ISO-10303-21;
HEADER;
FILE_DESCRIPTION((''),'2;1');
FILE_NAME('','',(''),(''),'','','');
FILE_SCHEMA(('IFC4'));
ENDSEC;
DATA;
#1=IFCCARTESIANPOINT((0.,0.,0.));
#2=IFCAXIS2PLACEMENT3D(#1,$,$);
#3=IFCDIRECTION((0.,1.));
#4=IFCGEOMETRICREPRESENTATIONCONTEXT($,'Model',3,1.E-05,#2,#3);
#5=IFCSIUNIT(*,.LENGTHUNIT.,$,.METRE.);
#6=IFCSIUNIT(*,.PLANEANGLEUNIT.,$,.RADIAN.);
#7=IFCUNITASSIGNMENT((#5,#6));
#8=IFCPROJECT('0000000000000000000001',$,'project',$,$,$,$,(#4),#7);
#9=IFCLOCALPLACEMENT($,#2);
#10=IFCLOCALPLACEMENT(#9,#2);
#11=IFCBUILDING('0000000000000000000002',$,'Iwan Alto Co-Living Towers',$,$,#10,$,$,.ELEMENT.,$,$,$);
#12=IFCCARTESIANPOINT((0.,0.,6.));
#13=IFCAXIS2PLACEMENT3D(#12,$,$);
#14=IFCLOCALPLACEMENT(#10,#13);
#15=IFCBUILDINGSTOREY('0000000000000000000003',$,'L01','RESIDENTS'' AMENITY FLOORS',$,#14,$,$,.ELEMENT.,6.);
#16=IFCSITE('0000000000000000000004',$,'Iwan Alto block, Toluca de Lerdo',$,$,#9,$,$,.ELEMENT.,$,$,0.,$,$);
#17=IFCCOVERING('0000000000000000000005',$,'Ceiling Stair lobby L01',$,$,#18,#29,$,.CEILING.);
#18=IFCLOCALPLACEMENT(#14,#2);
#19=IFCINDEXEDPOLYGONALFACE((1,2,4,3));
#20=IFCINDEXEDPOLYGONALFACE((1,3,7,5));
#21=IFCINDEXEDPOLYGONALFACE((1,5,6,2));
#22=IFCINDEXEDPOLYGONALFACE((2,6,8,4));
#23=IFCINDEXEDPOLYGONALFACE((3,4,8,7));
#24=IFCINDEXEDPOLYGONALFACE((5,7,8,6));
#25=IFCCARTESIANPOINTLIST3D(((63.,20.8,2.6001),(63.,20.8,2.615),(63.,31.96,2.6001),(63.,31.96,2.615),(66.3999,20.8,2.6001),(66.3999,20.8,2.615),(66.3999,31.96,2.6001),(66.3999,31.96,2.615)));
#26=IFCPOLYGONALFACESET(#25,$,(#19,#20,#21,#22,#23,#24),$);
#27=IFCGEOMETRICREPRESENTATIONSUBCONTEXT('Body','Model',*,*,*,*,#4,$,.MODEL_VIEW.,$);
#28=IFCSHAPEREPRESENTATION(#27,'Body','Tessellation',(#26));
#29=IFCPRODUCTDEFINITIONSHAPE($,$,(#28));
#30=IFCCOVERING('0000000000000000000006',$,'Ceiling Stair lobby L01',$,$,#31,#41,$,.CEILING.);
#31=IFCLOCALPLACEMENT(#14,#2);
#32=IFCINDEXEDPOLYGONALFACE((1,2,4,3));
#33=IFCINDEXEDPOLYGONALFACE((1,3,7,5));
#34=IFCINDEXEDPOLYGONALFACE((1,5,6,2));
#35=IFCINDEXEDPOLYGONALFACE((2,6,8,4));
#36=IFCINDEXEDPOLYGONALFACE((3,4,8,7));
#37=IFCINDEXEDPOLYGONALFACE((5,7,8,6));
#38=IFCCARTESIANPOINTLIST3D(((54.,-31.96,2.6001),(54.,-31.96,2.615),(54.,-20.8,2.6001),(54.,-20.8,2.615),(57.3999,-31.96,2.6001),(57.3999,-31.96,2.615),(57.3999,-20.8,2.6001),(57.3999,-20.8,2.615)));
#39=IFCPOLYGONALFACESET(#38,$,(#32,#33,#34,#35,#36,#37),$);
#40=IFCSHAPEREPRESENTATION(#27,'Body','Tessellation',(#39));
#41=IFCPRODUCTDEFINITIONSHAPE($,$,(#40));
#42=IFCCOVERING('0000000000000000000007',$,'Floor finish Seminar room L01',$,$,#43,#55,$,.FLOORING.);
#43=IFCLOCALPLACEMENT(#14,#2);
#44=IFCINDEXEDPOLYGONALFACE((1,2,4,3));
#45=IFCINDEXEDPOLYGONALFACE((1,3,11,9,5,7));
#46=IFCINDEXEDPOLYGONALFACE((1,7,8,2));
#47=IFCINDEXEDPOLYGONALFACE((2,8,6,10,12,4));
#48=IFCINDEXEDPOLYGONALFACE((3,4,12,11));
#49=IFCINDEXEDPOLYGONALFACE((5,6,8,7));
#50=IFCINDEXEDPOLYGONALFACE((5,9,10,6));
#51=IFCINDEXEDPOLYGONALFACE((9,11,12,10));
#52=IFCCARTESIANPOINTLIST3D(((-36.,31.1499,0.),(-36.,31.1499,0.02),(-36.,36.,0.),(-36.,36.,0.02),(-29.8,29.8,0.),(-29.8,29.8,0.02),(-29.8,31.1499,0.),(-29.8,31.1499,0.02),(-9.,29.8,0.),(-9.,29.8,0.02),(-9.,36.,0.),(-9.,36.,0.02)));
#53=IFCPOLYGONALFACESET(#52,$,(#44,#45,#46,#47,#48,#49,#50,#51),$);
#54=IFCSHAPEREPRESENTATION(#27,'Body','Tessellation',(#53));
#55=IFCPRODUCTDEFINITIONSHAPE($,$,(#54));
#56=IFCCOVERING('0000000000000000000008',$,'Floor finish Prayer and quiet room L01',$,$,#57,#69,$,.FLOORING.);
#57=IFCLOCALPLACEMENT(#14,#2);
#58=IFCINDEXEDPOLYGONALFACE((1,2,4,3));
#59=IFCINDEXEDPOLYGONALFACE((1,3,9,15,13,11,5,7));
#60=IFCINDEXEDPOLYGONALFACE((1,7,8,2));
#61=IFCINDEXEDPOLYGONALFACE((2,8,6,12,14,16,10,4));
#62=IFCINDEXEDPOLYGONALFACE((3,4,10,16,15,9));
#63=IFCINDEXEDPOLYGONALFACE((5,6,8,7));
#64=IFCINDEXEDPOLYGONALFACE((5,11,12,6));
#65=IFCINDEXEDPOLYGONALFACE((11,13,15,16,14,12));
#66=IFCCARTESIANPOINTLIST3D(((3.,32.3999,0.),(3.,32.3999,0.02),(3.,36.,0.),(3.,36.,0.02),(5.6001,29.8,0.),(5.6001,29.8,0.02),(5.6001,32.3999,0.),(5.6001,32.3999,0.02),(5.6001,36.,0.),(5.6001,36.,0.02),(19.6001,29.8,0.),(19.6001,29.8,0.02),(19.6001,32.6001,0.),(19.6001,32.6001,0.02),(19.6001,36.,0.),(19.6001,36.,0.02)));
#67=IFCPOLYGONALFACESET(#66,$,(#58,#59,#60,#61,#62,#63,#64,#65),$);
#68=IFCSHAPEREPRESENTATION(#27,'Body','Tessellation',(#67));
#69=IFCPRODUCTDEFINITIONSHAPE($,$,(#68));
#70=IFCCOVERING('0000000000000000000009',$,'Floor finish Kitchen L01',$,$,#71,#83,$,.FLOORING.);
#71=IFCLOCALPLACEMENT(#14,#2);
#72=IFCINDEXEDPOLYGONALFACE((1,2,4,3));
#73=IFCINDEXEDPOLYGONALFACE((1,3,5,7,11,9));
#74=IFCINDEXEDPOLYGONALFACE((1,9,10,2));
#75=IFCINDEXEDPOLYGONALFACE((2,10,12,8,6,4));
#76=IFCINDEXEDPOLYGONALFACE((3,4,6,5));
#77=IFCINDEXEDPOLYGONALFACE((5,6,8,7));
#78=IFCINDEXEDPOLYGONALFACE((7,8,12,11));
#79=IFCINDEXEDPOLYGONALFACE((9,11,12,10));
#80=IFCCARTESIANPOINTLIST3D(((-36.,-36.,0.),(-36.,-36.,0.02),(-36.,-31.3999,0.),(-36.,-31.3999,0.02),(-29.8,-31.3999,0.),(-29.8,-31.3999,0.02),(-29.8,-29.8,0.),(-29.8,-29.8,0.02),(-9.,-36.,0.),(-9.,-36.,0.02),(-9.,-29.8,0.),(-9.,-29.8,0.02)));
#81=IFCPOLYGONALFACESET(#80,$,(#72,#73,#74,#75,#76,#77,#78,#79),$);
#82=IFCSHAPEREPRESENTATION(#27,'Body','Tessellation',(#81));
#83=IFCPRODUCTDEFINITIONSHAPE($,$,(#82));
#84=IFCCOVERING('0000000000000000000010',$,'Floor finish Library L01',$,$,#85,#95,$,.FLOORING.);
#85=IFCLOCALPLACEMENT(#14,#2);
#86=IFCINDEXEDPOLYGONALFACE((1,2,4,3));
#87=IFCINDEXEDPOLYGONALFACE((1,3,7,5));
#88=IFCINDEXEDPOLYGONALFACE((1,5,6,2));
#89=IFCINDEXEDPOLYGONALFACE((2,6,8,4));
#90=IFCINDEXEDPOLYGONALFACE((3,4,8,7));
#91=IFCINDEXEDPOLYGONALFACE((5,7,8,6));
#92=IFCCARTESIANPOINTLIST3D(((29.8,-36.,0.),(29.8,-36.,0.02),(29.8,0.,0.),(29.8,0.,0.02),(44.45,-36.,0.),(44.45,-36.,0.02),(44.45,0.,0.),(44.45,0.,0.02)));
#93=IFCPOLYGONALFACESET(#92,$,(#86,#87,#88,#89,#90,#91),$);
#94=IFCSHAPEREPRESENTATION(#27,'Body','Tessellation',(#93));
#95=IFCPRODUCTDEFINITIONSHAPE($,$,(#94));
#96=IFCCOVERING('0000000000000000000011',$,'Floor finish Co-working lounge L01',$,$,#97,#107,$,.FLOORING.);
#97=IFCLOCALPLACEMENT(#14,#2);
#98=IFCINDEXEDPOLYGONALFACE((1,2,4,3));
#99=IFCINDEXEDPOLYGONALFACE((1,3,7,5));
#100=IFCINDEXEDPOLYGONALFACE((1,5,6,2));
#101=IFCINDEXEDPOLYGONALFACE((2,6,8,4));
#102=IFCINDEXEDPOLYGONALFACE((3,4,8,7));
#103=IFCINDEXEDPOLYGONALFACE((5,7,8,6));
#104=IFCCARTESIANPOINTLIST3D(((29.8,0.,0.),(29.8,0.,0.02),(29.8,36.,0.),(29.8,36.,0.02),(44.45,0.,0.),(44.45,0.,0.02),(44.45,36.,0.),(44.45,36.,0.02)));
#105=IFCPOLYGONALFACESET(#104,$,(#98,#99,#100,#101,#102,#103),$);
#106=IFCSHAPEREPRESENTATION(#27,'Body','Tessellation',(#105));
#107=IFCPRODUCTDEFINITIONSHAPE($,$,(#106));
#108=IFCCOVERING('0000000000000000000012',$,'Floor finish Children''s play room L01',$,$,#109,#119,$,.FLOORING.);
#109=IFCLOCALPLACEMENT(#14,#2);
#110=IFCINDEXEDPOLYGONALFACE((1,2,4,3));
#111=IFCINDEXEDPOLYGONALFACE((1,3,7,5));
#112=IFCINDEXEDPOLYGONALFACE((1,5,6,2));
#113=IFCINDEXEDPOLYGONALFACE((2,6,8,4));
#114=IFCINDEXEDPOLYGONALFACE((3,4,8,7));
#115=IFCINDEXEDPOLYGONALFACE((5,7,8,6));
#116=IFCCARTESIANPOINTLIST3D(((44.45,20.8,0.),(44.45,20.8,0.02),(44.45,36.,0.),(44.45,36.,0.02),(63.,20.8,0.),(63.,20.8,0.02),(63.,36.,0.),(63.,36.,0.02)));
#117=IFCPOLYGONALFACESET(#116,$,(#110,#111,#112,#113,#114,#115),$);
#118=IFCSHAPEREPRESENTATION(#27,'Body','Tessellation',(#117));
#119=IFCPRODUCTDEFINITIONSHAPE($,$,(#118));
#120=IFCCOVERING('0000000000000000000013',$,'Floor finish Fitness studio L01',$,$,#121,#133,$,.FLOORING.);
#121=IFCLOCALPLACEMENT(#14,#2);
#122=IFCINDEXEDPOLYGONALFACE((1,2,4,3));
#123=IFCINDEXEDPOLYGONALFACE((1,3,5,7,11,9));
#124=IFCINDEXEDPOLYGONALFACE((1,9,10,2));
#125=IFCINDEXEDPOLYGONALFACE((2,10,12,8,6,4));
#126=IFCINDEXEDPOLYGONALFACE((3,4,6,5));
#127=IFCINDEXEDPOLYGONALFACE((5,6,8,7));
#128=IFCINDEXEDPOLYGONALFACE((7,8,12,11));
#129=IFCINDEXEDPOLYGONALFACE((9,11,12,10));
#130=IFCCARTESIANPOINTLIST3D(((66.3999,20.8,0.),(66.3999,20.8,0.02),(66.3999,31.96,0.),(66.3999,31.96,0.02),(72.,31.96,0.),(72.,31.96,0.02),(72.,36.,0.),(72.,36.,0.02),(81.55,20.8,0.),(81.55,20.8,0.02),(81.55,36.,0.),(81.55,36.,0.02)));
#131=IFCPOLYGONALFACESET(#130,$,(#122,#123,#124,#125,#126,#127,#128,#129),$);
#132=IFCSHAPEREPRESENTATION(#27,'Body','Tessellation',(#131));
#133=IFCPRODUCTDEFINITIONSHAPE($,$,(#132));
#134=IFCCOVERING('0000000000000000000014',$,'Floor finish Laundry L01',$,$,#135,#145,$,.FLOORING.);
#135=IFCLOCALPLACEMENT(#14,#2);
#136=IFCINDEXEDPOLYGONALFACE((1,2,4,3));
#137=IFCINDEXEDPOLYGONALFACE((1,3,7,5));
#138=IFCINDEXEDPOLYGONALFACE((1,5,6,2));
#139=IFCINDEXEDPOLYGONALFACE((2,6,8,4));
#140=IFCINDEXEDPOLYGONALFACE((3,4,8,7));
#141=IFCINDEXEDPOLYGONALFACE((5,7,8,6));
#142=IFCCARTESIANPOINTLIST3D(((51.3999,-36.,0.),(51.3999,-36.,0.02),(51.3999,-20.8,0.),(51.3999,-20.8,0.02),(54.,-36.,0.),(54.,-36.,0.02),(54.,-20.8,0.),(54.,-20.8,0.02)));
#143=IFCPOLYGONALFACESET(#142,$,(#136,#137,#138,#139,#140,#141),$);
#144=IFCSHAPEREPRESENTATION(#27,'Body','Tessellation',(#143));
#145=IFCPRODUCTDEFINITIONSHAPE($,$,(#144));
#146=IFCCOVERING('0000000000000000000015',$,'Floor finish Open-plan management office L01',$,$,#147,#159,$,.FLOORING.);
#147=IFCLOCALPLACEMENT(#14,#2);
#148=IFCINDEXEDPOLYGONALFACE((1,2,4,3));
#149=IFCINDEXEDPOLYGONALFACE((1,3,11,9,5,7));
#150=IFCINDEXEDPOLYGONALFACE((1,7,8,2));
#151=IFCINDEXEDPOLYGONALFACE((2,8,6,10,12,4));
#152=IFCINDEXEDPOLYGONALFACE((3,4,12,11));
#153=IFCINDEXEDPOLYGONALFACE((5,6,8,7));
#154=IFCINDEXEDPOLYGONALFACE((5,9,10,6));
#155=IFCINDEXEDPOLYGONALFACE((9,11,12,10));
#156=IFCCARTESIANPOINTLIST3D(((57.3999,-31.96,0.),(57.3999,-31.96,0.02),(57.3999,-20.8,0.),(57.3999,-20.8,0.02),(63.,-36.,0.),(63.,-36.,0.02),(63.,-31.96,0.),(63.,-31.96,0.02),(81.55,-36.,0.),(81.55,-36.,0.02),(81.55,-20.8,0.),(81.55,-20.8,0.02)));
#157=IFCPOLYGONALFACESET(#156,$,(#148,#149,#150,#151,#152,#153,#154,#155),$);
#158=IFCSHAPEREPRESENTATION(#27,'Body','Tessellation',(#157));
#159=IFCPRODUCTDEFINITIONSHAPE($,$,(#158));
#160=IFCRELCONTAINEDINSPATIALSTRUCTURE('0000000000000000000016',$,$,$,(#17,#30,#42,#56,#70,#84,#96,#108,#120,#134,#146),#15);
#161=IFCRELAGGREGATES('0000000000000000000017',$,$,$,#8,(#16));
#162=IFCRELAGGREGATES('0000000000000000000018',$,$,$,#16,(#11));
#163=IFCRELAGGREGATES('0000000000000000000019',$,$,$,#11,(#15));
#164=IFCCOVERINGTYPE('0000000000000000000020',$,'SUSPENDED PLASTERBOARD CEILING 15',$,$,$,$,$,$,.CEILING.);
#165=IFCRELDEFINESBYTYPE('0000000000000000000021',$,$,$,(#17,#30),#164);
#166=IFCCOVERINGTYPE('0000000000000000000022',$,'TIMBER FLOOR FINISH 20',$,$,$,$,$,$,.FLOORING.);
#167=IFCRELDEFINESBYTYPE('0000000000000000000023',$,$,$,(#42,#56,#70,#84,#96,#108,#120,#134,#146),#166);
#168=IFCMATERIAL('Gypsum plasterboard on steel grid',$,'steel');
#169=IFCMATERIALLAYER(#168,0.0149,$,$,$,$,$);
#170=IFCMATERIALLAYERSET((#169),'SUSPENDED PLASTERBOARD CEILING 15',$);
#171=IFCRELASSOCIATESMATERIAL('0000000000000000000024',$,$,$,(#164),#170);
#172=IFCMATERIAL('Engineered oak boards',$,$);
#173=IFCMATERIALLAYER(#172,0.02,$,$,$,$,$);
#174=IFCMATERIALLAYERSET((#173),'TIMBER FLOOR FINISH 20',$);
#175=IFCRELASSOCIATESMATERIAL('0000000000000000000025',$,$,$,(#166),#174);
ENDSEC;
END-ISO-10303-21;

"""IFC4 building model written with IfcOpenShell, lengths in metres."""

from ifc_helpers import new_model, si_unit, direction, frame, origin, place, context, subcontext, project, spatial, polyline, outline, extrude, material, layer, layer_set, type_object, element, save


model = new_model("IFC4")

# Units and contexts
model_context = context("Model", 3, precision=1e-05, world=origin(), true_north=direction((0.0, 1.0)))
body_context = subcontext(model_context, "Body", "Model", "MODEL_VIEW")
ifc_project = project(units=[si_unit("LENGTHUNIT", "METRE"), si_unit("PLANEANGLEUNIT", "RADIAN")], contexts=[model_context])

# Site, building, storey
site_placement = place(None, origin())
site = spatial("IfcSite", under=ifc_project, at=site_placement, Name="Iwan Alto block, Toluca de Lerdo", CompositionType="ELEMENT", RefElevation=0.0)
building_placement = place(site_placement, origin())
building = spatial("IfcBuilding", under=site, at=building_placement, Name="Iwan Alto Co-Living Towers", CompositionType="ELEMENT")
storey_placement = place(building_placement, frame((0.0, 0.0, 6.0)))
storey = spatial("IfcBuildingStorey", under=building, at=storey_placement, Name="L01", Description="RESIDENTS' AMENITY FLOORS", CompositionType="ELEMENT", Elevation=6.0)

# Coverings
ifc_material_1 = material(Name="Gypsum plasterboard on steel grid", Category="steel")
ifc_layer_1 = layer(ifc_material_1, 0.0149)
ifc_layer_set_1 = layer_set([ifc_layer_1], Name="SUSPENDED PLASTERBOARD CEILING 15")
covering_type_1 = type_object("IfcCoveringType", Name="SUSPENDED PLASTERBOARD CEILING 15", PredefinedType="CEILING", material=ifc_layer_set_1)
covering_1_placement = place(storey_placement, frame((0.0, 0.0, 2.6001)))
element("IfcCovering", 1, at=covering_1_placement, inside=storey, type_object=covering_type_1, Name="Ceiling Stair lobby L01", PredefinedType="CEILING", context=body_context, shape_type="SweptSolid", body=[
    extrude(outline(polyline([(63.0, 20.8), (63.0, 31.96), (66.3999, 31.96), (66.3999, 20.8), (63.0, 20.8)])), origin(), (0.0, 0.0, 1.0), 0.0149),
])
covering_2_placement = place(storey_placement, frame((0.0, 0.0, 2.6001)))
element("IfcCovering", 2, at=covering_2_placement, inside=storey, type_object=covering_type_1, Name="Ceiling Stair lobby L01", PredefinedType="CEILING", context=body_context, shape_type="SweptSolid", body=[
    extrude(outline(polyline([(54.0, -31.96), (54.0, -20.8), (57.3999, -20.8), (57.3999, -31.96), (54.0, -31.96)])), origin(), (0.0, 0.0, 1.0), 0.0149),
])
ifc_material_2 = material(Name="Engineered oak boards")
ifc_layer_2 = layer(ifc_material_2, 0.02)
ifc_layer_set_2 = layer_set([ifc_layer_2], Name="TIMBER FLOOR FINISH 20")
covering_type_2 = type_object("IfcCoveringType", Name="TIMBER FLOOR FINISH 20", PredefinedType="FLOORING", material=ifc_layer_set_2)
covering_3_placement = place(storey_placement, origin())
element("IfcCovering", 3, at=covering_3_placement, inside=storey, type_object=covering_type_2, Name="Floor finish Seminar room L01", PredefinedType="FLOORING", context=body_context, shape_type="SweptSolid", body=[
    extrude(outline(polyline([(-29.8, 29.8), (-29.8, 31.1499), (-36.0, 31.1499), (-36.0, 36.0), (-9.0, 36.0), (-9.0, 29.8), (-29.8, 29.8)])), origin(), (0.0, 0.0, 1.0), 0.02),
])
covering_4_placement = place(storey_placement, origin())
element("IfcCovering", 4, at=covering_4_placement, inside=storey, type_object=covering_type_2, Name="Floor finish Prayer and quiet room L01", PredefinedType="FLOORING", context=body_context, shape_type="SweptSolid", body=[
    extrude(outline(polyline([(3.0, 32.3999), (3.0, 36.0), (5.6001, 36.0), (19.6001, 36.0), (19.6001, 32.6001), (19.6001, 29.8), (5.6001, 29.8), (5.6001, 32.3999), (3.0, 32.3999)])), origin(), (0.0, 0.0, 1.0), 0.02),
])
covering_5_placement = place(storey_placement, origin())
element("IfcCovering", 5, at=covering_5_placement, inside=storey, type_object=covering_type_2, Name="Floor finish Kitchen L01", PredefinedType="FLOORING", context=body_context, shape_type="SweptSolid", body=[
    extrude(outline(polyline([(-36.0, -31.3999), (-29.8, -31.3999), (-29.8, -29.8), (-9.0, -29.8), (-9.0, -36.0), (-36.0, -36.0), (-36.0, -31.3999)])), origin(), (0.0, 0.0, 1.0), 0.02),
])
covering_6_placement = place(storey_placement, origin())
element("IfcCovering", 6, at=covering_6_placement, inside=storey, type_object=covering_type_2, Name="Floor finish Library L01", PredefinedType="FLOORING", context=body_context, shape_type="SweptSolid", body=[
    extrude(outline(polyline([(44.45, 0.0), (44.45, -36.0), (29.8, -36.0), (29.8, 0.0), (44.45, 0.0)])), origin(), (0.0, 0.0, 1.0), 0.02),
])
covering_7_placement = place(storey_placement, origin())
element("IfcCovering", 7, at=covering_7_placement, inside=storey, type_object=covering_type_2, Name="Floor finish Co-working lounge L01", PredefinedType="FLOORING", context=body_context, shape_type="SweptSolid", body=[
    extrude(outline(polyline([(44.45, 36.0), (44.45, 0.0), (29.8, 0.0), (29.8, 36.0), (44.45, 36.0)])), origin(), (0.0, 0.0, 1.0), 0.02),
])
covering_8_placement = place(storey_placement, origin())
element("IfcCovering", 8, at=covering_8_placement, inside=storey, type_object=covering_type_2, Name="Floor finish Children's play room L01", PredefinedType="FLOORING", context=body_context, shape_type="SweptSolid", body=[
    extrude(outline(polyline([(63.0, 36.0), (63.0, 20.8), (44.45, 20.8), (44.45, 36.0), (63.0, 36.0)])), origin(), (0.0, 0.0, 1.0), 0.02),
])
covering_9_placement = place(storey_placement, origin())
element("IfcCovering", 9, at=covering_9_placement, inside=storey, type_object=covering_type_2, Name="Floor finish Fitness studio L01", PredefinedType="FLOORING", context=body_context, shape_type="SweptSolid", body=[
    extrude(outline(polyline([(81.55, 20.8), (66.3999, 20.8), (66.3999, 31.96), (72.0, 31.96), (72.0, 36.0), (81.55, 36.0), (81.55, 20.8)])), origin(), (0.0, 0.0, 1.0), 0.02),
])
covering_10_placement = place(storey_placement, origin())
element("IfcCovering", 10, at=covering_10_placement, inside=storey, type_object=covering_type_2, Name="Floor finish Laundry L01", PredefinedType="FLOORING", context=body_context, shape_type="SweptSolid", body=[
    extrude(outline(polyline([(54.0, -20.8), (54.0, -36.0), (51.3999, -36.0), (51.3999, -20.8), (54.0, -20.8)])), origin(), (0.0, 0.0, 1.0), 0.02),
])
covering_11_placement = place(storey_placement, origin())
element("IfcCovering", 11, at=covering_11_placement, inside=storey, type_object=covering_type_2, Name="Floor finish Open-plan management office L01", PredefinedType="FLOORING", context=body_context, shape_type="SweptSolid", body=[
    extrude(outline(polyline([(81.55, -36.0), (63.0, -36.0), (63.0, -31.96), (57.3999, -31.96), (57.3999, -20.8), (81.55, -20.8), (81.55, -36.0)])), origin(), (0.0, 0.0, 1.0), 0.02),
])

save(model, "model.ifc")
